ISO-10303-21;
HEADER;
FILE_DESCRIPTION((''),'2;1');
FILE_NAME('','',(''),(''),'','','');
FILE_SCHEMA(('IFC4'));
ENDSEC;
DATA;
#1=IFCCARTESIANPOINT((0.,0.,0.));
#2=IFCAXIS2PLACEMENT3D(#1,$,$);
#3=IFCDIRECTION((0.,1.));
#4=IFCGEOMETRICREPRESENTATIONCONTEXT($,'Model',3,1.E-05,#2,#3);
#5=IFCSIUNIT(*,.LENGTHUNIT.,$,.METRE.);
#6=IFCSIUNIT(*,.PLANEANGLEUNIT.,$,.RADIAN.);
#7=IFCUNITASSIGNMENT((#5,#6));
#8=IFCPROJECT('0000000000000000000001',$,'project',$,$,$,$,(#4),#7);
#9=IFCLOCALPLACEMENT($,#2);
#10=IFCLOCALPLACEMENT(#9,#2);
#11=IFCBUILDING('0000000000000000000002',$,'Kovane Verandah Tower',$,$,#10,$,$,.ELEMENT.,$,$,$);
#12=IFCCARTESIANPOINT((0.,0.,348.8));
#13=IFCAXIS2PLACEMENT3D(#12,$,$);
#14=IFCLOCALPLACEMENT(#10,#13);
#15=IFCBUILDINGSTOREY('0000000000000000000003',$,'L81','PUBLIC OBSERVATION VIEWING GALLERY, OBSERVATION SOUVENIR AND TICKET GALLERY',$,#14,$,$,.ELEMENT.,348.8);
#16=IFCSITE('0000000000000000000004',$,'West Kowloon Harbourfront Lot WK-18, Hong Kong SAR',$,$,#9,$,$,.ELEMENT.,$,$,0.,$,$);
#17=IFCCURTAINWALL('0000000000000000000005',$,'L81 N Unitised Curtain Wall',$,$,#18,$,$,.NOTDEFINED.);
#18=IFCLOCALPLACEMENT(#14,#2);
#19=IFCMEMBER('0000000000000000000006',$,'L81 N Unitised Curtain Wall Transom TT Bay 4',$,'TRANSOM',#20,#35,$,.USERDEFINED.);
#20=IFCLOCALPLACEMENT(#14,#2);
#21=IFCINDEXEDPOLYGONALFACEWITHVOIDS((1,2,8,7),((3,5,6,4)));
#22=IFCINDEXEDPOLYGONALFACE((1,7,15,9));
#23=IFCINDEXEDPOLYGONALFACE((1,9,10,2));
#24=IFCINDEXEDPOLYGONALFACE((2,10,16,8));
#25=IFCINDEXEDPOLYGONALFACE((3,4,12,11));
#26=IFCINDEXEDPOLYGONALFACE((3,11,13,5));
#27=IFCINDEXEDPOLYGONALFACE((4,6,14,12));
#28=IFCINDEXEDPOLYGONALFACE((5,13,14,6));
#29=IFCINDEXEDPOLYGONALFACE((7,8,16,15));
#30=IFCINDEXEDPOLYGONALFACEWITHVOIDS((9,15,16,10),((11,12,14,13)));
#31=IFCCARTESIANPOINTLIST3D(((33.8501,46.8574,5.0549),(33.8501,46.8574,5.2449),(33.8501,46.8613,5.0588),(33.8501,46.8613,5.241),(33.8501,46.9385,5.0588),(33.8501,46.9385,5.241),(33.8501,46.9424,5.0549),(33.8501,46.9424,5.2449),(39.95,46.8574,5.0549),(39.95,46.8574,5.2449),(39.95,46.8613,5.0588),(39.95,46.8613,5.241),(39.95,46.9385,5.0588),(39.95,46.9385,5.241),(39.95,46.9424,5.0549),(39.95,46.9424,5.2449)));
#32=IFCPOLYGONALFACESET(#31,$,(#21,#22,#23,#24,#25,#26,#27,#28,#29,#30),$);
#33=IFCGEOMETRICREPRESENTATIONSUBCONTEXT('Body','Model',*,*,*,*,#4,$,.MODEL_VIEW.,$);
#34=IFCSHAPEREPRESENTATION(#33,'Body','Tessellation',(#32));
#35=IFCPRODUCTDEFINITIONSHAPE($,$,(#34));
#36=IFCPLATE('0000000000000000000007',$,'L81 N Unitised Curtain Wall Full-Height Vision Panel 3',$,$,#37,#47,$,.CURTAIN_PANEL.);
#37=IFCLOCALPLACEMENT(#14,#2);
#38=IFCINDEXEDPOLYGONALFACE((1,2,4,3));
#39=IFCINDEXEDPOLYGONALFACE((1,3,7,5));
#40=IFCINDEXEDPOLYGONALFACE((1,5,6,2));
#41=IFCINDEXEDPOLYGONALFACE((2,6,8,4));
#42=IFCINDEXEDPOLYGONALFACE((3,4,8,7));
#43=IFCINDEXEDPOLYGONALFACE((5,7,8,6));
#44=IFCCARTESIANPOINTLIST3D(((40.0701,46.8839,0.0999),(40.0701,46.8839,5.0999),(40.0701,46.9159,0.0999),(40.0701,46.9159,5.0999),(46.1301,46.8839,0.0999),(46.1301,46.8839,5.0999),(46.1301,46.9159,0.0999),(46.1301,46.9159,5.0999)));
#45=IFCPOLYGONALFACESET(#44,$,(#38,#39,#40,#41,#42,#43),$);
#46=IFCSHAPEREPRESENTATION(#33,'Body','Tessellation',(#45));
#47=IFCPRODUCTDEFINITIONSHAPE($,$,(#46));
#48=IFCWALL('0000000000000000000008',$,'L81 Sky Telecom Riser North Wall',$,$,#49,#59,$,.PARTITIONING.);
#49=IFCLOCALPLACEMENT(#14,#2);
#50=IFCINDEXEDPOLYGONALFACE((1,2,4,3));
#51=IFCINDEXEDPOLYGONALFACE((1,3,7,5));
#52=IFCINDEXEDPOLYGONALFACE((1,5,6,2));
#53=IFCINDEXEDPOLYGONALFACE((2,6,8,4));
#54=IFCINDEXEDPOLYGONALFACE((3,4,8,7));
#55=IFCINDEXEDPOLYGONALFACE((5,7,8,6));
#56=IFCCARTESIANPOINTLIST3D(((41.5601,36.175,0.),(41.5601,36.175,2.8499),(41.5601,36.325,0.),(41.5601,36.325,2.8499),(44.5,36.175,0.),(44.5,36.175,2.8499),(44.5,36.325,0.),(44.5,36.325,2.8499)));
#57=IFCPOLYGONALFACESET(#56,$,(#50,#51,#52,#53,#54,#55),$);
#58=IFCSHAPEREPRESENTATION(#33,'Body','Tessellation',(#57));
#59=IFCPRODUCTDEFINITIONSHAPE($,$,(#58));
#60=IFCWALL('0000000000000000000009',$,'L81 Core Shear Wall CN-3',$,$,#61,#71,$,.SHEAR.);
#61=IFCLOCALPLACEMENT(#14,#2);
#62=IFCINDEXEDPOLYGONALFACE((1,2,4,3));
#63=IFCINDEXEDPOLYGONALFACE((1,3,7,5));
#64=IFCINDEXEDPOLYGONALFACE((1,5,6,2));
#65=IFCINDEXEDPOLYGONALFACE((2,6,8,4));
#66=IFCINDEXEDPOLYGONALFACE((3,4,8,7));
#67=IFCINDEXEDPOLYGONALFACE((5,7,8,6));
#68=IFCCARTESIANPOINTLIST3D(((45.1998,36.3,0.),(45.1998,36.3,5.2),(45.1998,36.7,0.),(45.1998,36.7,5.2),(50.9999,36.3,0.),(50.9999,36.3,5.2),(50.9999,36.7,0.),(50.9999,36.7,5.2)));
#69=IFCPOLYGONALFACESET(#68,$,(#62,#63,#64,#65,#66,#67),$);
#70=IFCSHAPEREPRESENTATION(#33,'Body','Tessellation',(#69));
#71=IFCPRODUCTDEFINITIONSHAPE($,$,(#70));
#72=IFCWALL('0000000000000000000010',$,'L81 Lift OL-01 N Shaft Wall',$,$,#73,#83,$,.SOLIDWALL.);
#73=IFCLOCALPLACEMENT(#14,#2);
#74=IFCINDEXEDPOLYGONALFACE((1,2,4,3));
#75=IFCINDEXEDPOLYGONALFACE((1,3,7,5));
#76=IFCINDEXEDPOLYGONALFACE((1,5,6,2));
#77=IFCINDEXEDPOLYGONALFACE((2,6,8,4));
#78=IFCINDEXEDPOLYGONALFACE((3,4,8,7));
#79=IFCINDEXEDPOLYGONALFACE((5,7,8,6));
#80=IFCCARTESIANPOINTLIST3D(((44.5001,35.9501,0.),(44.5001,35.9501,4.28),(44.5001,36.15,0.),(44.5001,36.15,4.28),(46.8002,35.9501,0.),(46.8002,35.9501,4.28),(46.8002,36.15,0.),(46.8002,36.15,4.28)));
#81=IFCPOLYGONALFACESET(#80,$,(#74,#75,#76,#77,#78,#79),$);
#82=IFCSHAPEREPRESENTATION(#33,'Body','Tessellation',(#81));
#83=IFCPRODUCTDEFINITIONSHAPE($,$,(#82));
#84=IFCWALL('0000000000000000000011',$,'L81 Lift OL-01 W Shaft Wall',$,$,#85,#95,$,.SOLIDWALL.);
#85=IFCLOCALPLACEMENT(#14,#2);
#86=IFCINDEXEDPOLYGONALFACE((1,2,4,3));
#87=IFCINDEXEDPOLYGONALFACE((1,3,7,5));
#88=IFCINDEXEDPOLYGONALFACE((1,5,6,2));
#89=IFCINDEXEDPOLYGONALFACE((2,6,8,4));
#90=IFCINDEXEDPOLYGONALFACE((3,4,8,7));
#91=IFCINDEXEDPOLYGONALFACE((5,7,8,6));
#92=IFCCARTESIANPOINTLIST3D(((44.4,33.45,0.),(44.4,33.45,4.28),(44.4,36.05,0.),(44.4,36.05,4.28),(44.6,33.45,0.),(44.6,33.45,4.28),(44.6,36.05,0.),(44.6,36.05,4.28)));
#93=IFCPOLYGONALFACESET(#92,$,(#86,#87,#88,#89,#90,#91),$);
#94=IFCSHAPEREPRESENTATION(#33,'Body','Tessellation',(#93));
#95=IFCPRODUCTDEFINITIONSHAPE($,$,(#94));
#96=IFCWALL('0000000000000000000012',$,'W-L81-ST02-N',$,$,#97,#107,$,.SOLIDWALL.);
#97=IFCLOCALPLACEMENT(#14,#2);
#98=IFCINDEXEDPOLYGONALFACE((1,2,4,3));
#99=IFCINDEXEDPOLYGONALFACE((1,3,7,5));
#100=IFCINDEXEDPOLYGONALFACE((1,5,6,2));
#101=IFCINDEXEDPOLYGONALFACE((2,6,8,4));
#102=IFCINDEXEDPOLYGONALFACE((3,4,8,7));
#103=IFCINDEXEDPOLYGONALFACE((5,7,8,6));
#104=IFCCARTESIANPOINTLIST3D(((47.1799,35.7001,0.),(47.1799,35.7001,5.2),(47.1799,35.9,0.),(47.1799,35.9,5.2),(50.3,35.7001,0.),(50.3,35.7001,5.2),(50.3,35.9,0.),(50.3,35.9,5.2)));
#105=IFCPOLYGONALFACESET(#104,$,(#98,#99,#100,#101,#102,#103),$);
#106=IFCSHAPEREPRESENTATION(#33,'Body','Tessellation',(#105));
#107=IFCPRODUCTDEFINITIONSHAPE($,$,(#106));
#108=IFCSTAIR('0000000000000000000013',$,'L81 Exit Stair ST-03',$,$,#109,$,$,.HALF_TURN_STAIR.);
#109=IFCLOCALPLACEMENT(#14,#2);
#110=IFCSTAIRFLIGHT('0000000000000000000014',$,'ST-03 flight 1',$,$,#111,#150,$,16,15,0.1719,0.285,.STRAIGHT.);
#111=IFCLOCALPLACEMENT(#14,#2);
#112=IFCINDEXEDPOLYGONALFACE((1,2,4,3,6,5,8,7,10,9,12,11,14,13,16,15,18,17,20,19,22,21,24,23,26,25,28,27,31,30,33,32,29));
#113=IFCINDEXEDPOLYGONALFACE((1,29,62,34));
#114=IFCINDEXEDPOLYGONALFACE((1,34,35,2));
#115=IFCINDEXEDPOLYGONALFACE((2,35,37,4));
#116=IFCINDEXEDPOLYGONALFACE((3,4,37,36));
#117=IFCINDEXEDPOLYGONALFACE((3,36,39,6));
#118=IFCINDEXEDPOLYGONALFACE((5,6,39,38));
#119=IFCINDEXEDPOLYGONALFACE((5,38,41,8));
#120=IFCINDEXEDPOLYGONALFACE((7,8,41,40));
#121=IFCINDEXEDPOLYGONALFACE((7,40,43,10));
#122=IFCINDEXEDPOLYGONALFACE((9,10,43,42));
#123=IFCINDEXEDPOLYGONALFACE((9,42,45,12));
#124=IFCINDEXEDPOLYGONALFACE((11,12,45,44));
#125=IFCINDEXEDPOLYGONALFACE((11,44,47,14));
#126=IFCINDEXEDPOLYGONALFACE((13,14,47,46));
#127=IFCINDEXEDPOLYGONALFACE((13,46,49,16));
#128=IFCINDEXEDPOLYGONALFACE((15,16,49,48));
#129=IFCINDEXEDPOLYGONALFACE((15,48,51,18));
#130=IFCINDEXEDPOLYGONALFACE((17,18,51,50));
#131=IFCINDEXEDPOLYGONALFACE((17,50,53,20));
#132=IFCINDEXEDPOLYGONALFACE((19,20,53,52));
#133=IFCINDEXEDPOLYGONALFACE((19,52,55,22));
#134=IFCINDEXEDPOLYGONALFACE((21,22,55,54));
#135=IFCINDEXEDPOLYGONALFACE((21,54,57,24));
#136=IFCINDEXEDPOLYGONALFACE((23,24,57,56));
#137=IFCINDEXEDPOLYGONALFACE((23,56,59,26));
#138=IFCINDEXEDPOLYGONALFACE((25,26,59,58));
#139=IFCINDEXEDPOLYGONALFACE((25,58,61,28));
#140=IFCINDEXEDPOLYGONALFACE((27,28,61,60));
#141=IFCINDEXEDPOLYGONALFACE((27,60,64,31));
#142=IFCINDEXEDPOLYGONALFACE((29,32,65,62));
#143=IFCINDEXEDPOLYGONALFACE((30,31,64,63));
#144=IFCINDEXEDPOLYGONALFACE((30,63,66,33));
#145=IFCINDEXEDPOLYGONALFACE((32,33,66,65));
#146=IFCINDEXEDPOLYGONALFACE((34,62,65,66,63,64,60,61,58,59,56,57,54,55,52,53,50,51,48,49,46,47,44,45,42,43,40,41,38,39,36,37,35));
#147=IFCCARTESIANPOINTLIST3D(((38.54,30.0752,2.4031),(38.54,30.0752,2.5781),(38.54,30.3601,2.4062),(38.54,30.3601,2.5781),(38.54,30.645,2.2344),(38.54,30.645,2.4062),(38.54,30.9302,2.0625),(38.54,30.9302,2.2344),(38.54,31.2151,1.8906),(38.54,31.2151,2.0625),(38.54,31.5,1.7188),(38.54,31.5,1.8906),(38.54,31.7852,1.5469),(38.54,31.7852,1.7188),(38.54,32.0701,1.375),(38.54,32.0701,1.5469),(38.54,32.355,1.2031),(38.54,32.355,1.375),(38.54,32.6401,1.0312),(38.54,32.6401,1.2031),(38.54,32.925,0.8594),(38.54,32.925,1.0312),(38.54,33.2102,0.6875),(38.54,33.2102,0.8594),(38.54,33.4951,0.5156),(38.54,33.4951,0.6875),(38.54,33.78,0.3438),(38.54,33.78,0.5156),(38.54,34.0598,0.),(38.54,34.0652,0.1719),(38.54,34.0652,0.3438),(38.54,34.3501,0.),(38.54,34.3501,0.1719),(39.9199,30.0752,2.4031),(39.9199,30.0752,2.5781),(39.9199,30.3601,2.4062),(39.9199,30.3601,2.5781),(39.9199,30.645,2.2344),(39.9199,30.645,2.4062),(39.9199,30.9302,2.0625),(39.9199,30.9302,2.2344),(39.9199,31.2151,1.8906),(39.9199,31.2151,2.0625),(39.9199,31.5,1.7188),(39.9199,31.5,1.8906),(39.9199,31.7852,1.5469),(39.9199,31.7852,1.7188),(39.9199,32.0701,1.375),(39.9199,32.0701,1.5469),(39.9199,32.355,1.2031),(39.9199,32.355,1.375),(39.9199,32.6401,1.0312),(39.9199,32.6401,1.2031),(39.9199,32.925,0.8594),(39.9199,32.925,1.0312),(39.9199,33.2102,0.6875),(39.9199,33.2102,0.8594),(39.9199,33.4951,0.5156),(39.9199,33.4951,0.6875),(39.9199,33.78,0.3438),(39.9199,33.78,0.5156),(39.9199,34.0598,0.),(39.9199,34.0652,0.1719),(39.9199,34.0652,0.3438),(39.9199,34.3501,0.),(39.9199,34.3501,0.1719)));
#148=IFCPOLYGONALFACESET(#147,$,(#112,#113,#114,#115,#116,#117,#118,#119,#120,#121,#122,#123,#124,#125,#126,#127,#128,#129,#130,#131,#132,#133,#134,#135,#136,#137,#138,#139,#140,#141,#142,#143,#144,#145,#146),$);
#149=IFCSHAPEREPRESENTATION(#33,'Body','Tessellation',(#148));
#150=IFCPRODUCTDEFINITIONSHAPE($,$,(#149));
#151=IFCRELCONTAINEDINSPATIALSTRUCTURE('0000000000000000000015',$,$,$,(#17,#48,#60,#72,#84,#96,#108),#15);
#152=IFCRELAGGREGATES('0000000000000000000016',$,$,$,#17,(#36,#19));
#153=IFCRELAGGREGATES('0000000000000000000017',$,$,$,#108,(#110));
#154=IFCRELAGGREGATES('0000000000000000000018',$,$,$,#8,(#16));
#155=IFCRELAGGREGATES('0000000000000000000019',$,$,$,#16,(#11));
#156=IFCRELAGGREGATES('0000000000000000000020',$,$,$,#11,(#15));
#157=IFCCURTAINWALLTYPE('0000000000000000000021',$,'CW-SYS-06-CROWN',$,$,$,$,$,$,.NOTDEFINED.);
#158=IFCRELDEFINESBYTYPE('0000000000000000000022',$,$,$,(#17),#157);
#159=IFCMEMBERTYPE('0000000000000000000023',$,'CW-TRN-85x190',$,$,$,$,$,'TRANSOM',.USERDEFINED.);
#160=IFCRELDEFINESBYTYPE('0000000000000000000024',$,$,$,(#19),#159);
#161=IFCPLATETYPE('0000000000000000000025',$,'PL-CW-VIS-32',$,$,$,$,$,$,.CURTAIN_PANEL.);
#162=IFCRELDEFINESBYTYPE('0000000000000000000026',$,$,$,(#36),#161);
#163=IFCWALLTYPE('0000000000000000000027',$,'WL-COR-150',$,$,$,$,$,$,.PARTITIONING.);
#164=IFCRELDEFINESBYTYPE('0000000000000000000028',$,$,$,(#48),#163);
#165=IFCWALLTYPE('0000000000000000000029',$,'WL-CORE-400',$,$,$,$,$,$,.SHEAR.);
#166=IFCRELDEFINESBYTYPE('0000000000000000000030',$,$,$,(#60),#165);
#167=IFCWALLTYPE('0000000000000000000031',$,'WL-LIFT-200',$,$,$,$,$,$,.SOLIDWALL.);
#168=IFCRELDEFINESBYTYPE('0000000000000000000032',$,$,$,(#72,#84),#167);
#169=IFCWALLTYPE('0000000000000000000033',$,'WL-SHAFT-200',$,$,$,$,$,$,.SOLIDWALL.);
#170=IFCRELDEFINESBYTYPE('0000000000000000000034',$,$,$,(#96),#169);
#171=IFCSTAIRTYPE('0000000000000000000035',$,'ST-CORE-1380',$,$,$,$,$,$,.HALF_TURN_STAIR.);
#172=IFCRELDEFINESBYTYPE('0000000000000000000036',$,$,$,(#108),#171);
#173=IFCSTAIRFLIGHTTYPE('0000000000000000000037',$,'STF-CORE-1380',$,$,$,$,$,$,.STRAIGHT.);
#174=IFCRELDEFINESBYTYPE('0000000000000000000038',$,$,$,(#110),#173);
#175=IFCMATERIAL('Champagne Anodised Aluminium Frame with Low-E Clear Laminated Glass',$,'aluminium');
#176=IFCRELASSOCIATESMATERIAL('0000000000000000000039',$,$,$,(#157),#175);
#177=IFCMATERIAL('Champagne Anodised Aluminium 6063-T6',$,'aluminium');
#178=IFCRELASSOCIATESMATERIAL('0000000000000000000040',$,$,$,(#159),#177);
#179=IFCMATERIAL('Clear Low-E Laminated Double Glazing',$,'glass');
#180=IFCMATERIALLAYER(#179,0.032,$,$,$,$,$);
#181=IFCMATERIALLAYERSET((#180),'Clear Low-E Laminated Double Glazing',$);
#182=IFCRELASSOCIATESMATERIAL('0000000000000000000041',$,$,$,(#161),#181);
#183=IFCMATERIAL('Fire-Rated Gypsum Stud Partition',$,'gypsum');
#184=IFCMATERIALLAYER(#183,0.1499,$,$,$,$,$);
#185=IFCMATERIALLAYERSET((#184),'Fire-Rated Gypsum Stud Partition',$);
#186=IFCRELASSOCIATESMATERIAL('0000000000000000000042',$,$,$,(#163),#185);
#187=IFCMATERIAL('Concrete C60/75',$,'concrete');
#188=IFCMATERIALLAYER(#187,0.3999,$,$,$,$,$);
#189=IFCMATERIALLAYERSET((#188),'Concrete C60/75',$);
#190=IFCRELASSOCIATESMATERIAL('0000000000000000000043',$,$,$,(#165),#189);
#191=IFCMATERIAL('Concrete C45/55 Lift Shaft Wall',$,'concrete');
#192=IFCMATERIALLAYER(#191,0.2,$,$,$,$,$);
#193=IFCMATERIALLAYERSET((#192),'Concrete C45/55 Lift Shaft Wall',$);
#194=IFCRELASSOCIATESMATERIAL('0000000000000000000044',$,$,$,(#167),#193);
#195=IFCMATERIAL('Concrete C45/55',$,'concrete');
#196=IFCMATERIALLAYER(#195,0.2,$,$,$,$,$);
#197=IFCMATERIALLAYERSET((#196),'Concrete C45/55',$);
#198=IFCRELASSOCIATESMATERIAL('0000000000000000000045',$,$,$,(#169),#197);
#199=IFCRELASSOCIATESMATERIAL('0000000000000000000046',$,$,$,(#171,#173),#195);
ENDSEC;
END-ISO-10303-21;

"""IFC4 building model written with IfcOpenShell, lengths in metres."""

from ifc_helpers import new_model, si_unit, direction, frame, frame_2d, origin, origin_2d, place, context, subcontext, project, spatial, polyline, rectangle, hollow_rectangle, outline, extrude, material, layer, layer_set, material_profile, profile_set, type_object, element, aggregate, save


model = new_model("IFC4")

# Units and contexts
model_context = context("Model", 3, precision=1e-05, world=origin(), true_north=direction((0.0, 1.0)))
body_context = subcontext(model_context, "Body", "Model", "MODEL_VIEW")
ifc_project = project(units=[si_unit("LENGTHUNIT", "METRE"), si_unit("PLANEANGLEUNIT", "RADIAN")], contexts=[model_context])

# Site, building, storey
site_placement = place(None, origin())
site = spatial("IfcSite", under=ifc_project, at=site_placement, Name="West Kowloon Harbourfront Lot WK-18, Hong Kong SAR", CompositionType="ELEMENT", RefElevation=0.0)
building_placement = place(site_placement, origin())
building = spatial("IfcBuilding", under=site, at=building_placement, Name="Kovane Verandah Tower", CompositionType="ELEMENT")
storey_placement = place(building_placement, frame((0.0, 0.0, 348.8)))
storey = spatial("IfcBuildingStorey", under=building, at=storey_placement, Name="L81", Description="PUBLIC OBSERVATION VIEWING GALLERY, OBSERVATION SOUVENIR AND TICKET GALLERY", CompositionType="ELEMENT", Elevation=348.8)

# Shared definitions
ifc_material_1 = material(Name="Concrete C60/75", Category="concrete")

# Curtain wall, member, plate
ifc_material_2 = material(Name="Champagne Anodised Aluminium Frame with Low-E Clear Laminated Glass", Category="aluminium")
curtain_wall_type = type_object("IfcCurtainWallType", Name="CW-SYS-06-CROWN", PredefinedType="NOTDEFINED", material=ifc_material_2)
curtain_wall_placement = place(storey_placement, origin())
curtain_wall = element("IfcCurtainWall", 1, at=curtain_wall_placement, inside=storey, type_object=curtain_wall_type, Name="L81 N Unitised Curtain Wall", PredefinedType="NOTDEFINED")
ifc_material_3 = material(Name="Champagne Anodised Aluminium 6063-T6", Category="aluminium")
ifc_material_profile_1 = material_profile(ifc_material_3, hollow_rectangle(XDim=0.085, YDim=0.1899, WallThickness=0.0039, at=origin_2d()), Name="AL85x190x4")
ifc_profile_set_1 = profile_set([ifc_material_profile_1], Name="Champagne Anodised Aluminium 6063-T6")
member_type_1 = type_object("IfcMemberType", Name="CW-TRN-85x190", ElementType="TRANSOM", PredefinedType="USERDEFINED", material=ifc_profile_set_1)
member_1_placement = place(storey_placement, frame((39.95, 46.8999, 5.1499), z_axis=(-1.0, 0.0, 0.0), x_axis=(0.0, -1.0, 0.0)))
member_1 = element("IfcMember", 2, at=member_1_placement, type_object=member_type_1, Name="L81 N Unitised Curtain Wall Transom TT Bay 4", ObjectType="TRANSOM", PredefinedType="USERDEFINED", context=body_context, shape_type="SweptSolid", body=[
    extrude(hollow_rectangle(XDim=0.085, YDim=0.1899, WallThickness=0.0039, at=origin_2d()), origin(), (0.0, 0.0, 1.0), 6.0999),
])
ifc_material_4 = material(Name="Clear Low-E Laminated Double Glazing", Category="glass")
ifc_layer_1 = layer(ifc_material_4, 0.032)
ifc_layer_set_1 = layer_set([ifc_layer_1], Name="Clear Low-E Laminated Double Glazing")
plate_type = type_object("IfcPlateType", Name="PL-CW-VIS-32", PredefinedType="CURTAIN_PANEL", material=ifc_layer_set_1)
plate_placement = place(storey_placement, frame((43.1001, 46.8999, 0.0999), z_axis=(0.0, 0.0, 1.0), x_axis=(-1.0, 0.0, 0.0)))
plate = element("IfcPlate", 3, at=plate_placement, type_object=plate_type, Name="L81 N Unitised Curtain Wall Full-Height Vision Panel 3", PredefinedType="CURTAIN_PANEL", context=body_context, shape_type="SweptSolid", body=[
    extrude(rectangle(XDim=6.0601, YDim=0.032, at=origin_2d()), origin(), (0.0, 0.0, 1.0), 5.0),
])
aggregate(curtain_wall, [plate, member_1])

# Walls
ifc_material_5 = material(Name="Fire-Rated Gypsum Stud Partition", Category="gypsum")
ifc_layer_2 = layer(ifc_material_5, 0.1499)
ifc_layer_set_2 = layer_set([ifc_layer_2], Name="Fire-Rated Gypsum Stud Partition")
wall_type_1 = type_object("IfcWallType", Name="WL-COR-150", PredefinedType="PARTITIONING", material=ifc_layer_set_2)
wall_1_placement = place(storey_placement, frame((41.5601, 36.25, 0.0), z_axis=(0.0, 0.0, 1.0), x_axis=(1.0, 0.0, 0.0)))
element("IfcWall", 4, at=wall_1_placement, inside=storey, type_object=wall_type_1, Name="L81 Sky Telecom Riser North Wall", PredefinedType="PARTITIONING", context=body_context, shape_type="SweptSolid", body=[
    extrude(rectangle(XDim=2.9399, YDim=0.1499, at=frame_2d((1.47, 0.0))), origin(), (0.0, 0.0, 1.0), 2.8499),
])
ifc_layer_3 = layer(ifc_material_1, 0.3999)
ifc_layer_set_3 = layer_set([ifc_layer_3], Name="Concrete C60/75")
wall_type_2 = type_object("IfcWallType", Name="WL-CORE-400", PredefinedType="SHEAR", material=ifc_layer_set_3)
wall_2_placement = place(storey_placement, frame((45.2, 36.5, 0.0), z_axis=(0.0, 0.0, 1.0), x_axis=(1.0, 0.0, 0.0)))
element("IfcWall", 5, at=wall_2_placement, inside=storey, type_object=wall_type_2, Name="L81 Core Shear Wall CN-3", PredefinedType="SHEAR", context=body_context, shape_type="SweptSolid", body=[
    extrude(rectangle(XDim=5.8, YDim=0.3999, at=frame_2d((2.8999, 0.0))), origin(), (0.0, 0.0, 1.0), 5.2),
])
ifc_material_6 = material(Name="Concrete C45/55 Lift Shaft Wall", Category="concrete")
ifc_layer_4 = layer(ifc_material_6, 0.2)
ifc_layer_set_4 = layer_set([ifc_layer_4], Name="Concrete C45/55 Lift Shaft Wall")
wall_type_3 = type_object("IfcWallType", Name="WL-LIFT-200", PredefinedType="SOLIDWALL", material=ifc_layer_set_4)
wall_3_placement = place(storey_placement, frame((46.8, 36.05, 0.0), z_axis=(0.0, 0.0, 1.0), x_axis=(-1.0, 0.0, 0.0)))
element("IfcWall", 6, at=wall_3_placement, inside=storey, type_object=wall_type_3, Name="L81 Lift OL-01 N Shaft Wall", PredefinedType="SOLIDWALL", context=body_context, shape_type="SweptSolid", body=[
    extrude(rectangle(XDim=2.3, YDim=0.2, at=frame_2d((1.1499, 0.0))), origin(), (0.0, 0.0, 1.0), 4.28),
])
wall_4_placement = place(storey_placement, frame((44.5, 36.05, 0.0), z_axis=(0.0, 0.0, 1.0), x_axis=(0.0, -1.0, 0.0)))
element("IfcWall", 7, at=wall_4_placement, inside=storey, type_object=wall_type_3, Name="L81 Lift OL-01 W Shaft Wall", PredefinedType="SOLIDWALL", context=body_context, shape_type="SweptSolid", body=[
    extrude(rectangle(XDim=2.6001, YDim=0.2, at=frame_2d((1.3, 0.0))), origin(), (0.0, 0.0, 1.0), 4.28),
])
ifc_material_7 = material(Name="Concrete C45/55", Category="concrete")
ifc_layer_5 = layer(ifc_material_7, 0.2)
ifc_layer_set_5 = layer_set([ifc_layer_5], Name="Concrete C45/55")
wall_type_4 = type_object("IfcWallType", Name="WL-SHAFT-200", PredefinedType="SOLIDWALL", material=ifc_layer_set_5)
wall_5_placement = place(storey_placement, frame((47.1799, 35.8, 0.0), z_axis=(0.0, 0.0, 1.0), x_axis=(1.0, 0.0, 0.0)))
element("IfcWall", 8, at=wall_5_placement, inside=storey, type_object=wall_type_4, Name="W-L81-ST02-N", PredefinedType="SOLIDWALL", context=body_context, shape_type="SweptSolid", body=[
    extrude(rectangle(XDim=3.1201, YDim=0.2, at=frame_2d((1.5601, 0.0))), origin(), (0.0, 0.0, 1.0), 5.2),
])

# Stair, stair flight
stair_type = type_object("IfcStairType", Name="ST-CORE-1380", PredefinedType="HALF_TURN_STAIR", material=ifc_material_7)
stair_placement = place(storey_placement, origin())
stair = element("IfcStair", 9, at=stair_placement, inside=storey, type_object=stair_type, Name="L81 Exit Stair ST-03", PredefinedType="HALF_TURN_STAIR")
stair_flight_type = type_object("IfcStairFlightType", Name="STF-CORE-1380", PredefinedType="STRAIGHT", material=ifc_material_7)
stair_flight_placement = place(storey_placement, frame((39.23, 34.3501, 0.0), z_axis=(0.0, 0.0, 1.0), x_axis=(0.0, -1.0, 0.0)))
stair_flight = element("IfcStairFlight", 10, at=stair_flight_placement, type_object=stair_flight_type, Name="ST-03 flight 1", NumberOfRisers=16, NumberOfTreads=15, PredefinedType="STRAIGHT", RiserHeight=0.1719, TreadLength=0.285, context=body_context, shape_type="SweptSolid", body=[
    extrude(outline(polyline([(0.0, 0.0), (0.0, 0.1719), (0.2849, 0.1719), (0.2849, 0.3438), (0.5701, 0.3438), (0.5701, 0.5156), (0.855, 0.5156), (0.855, 0.6875), (1.1399, 0.6875), (1.1399, 0.8594), (1.425, 0.8594), (1.425, 1.0312), (1.71, 1.0312), (1.71, 1.2031), (1.9951, 1.2031), (1.9951, 1.375), (2.28, 1.375), (2.28, 1.5469), (2.5649, 1.5469), (2.5649, 1.7188), (2.8501, 1.7188), (2.8501, 1.8906), (3.135, 1.8906), (3.135, 2.0625), (3.4199, 2.0625), (3.4199, 2.2344), (3.7051, 2.2344), (3.7051, 2.4062), (3.99, 2.4062), (3.99, 2.5781), (4.2749, 2.5781), (4.2749, 2.75), (4.2749, 2.4031), (0.2903, 0.0), (0.0, 0.0)])), frame((0.0, 0.6899, 0.0), z_axis=(0.0, -1.0, 0.0), x_axis=(1.0, 0.0, 0.0)), (0.0, 0.0, 1.0), 1.3799),
])
aggregate(stair, [stair_flight])

save(model, "model.ifc")
